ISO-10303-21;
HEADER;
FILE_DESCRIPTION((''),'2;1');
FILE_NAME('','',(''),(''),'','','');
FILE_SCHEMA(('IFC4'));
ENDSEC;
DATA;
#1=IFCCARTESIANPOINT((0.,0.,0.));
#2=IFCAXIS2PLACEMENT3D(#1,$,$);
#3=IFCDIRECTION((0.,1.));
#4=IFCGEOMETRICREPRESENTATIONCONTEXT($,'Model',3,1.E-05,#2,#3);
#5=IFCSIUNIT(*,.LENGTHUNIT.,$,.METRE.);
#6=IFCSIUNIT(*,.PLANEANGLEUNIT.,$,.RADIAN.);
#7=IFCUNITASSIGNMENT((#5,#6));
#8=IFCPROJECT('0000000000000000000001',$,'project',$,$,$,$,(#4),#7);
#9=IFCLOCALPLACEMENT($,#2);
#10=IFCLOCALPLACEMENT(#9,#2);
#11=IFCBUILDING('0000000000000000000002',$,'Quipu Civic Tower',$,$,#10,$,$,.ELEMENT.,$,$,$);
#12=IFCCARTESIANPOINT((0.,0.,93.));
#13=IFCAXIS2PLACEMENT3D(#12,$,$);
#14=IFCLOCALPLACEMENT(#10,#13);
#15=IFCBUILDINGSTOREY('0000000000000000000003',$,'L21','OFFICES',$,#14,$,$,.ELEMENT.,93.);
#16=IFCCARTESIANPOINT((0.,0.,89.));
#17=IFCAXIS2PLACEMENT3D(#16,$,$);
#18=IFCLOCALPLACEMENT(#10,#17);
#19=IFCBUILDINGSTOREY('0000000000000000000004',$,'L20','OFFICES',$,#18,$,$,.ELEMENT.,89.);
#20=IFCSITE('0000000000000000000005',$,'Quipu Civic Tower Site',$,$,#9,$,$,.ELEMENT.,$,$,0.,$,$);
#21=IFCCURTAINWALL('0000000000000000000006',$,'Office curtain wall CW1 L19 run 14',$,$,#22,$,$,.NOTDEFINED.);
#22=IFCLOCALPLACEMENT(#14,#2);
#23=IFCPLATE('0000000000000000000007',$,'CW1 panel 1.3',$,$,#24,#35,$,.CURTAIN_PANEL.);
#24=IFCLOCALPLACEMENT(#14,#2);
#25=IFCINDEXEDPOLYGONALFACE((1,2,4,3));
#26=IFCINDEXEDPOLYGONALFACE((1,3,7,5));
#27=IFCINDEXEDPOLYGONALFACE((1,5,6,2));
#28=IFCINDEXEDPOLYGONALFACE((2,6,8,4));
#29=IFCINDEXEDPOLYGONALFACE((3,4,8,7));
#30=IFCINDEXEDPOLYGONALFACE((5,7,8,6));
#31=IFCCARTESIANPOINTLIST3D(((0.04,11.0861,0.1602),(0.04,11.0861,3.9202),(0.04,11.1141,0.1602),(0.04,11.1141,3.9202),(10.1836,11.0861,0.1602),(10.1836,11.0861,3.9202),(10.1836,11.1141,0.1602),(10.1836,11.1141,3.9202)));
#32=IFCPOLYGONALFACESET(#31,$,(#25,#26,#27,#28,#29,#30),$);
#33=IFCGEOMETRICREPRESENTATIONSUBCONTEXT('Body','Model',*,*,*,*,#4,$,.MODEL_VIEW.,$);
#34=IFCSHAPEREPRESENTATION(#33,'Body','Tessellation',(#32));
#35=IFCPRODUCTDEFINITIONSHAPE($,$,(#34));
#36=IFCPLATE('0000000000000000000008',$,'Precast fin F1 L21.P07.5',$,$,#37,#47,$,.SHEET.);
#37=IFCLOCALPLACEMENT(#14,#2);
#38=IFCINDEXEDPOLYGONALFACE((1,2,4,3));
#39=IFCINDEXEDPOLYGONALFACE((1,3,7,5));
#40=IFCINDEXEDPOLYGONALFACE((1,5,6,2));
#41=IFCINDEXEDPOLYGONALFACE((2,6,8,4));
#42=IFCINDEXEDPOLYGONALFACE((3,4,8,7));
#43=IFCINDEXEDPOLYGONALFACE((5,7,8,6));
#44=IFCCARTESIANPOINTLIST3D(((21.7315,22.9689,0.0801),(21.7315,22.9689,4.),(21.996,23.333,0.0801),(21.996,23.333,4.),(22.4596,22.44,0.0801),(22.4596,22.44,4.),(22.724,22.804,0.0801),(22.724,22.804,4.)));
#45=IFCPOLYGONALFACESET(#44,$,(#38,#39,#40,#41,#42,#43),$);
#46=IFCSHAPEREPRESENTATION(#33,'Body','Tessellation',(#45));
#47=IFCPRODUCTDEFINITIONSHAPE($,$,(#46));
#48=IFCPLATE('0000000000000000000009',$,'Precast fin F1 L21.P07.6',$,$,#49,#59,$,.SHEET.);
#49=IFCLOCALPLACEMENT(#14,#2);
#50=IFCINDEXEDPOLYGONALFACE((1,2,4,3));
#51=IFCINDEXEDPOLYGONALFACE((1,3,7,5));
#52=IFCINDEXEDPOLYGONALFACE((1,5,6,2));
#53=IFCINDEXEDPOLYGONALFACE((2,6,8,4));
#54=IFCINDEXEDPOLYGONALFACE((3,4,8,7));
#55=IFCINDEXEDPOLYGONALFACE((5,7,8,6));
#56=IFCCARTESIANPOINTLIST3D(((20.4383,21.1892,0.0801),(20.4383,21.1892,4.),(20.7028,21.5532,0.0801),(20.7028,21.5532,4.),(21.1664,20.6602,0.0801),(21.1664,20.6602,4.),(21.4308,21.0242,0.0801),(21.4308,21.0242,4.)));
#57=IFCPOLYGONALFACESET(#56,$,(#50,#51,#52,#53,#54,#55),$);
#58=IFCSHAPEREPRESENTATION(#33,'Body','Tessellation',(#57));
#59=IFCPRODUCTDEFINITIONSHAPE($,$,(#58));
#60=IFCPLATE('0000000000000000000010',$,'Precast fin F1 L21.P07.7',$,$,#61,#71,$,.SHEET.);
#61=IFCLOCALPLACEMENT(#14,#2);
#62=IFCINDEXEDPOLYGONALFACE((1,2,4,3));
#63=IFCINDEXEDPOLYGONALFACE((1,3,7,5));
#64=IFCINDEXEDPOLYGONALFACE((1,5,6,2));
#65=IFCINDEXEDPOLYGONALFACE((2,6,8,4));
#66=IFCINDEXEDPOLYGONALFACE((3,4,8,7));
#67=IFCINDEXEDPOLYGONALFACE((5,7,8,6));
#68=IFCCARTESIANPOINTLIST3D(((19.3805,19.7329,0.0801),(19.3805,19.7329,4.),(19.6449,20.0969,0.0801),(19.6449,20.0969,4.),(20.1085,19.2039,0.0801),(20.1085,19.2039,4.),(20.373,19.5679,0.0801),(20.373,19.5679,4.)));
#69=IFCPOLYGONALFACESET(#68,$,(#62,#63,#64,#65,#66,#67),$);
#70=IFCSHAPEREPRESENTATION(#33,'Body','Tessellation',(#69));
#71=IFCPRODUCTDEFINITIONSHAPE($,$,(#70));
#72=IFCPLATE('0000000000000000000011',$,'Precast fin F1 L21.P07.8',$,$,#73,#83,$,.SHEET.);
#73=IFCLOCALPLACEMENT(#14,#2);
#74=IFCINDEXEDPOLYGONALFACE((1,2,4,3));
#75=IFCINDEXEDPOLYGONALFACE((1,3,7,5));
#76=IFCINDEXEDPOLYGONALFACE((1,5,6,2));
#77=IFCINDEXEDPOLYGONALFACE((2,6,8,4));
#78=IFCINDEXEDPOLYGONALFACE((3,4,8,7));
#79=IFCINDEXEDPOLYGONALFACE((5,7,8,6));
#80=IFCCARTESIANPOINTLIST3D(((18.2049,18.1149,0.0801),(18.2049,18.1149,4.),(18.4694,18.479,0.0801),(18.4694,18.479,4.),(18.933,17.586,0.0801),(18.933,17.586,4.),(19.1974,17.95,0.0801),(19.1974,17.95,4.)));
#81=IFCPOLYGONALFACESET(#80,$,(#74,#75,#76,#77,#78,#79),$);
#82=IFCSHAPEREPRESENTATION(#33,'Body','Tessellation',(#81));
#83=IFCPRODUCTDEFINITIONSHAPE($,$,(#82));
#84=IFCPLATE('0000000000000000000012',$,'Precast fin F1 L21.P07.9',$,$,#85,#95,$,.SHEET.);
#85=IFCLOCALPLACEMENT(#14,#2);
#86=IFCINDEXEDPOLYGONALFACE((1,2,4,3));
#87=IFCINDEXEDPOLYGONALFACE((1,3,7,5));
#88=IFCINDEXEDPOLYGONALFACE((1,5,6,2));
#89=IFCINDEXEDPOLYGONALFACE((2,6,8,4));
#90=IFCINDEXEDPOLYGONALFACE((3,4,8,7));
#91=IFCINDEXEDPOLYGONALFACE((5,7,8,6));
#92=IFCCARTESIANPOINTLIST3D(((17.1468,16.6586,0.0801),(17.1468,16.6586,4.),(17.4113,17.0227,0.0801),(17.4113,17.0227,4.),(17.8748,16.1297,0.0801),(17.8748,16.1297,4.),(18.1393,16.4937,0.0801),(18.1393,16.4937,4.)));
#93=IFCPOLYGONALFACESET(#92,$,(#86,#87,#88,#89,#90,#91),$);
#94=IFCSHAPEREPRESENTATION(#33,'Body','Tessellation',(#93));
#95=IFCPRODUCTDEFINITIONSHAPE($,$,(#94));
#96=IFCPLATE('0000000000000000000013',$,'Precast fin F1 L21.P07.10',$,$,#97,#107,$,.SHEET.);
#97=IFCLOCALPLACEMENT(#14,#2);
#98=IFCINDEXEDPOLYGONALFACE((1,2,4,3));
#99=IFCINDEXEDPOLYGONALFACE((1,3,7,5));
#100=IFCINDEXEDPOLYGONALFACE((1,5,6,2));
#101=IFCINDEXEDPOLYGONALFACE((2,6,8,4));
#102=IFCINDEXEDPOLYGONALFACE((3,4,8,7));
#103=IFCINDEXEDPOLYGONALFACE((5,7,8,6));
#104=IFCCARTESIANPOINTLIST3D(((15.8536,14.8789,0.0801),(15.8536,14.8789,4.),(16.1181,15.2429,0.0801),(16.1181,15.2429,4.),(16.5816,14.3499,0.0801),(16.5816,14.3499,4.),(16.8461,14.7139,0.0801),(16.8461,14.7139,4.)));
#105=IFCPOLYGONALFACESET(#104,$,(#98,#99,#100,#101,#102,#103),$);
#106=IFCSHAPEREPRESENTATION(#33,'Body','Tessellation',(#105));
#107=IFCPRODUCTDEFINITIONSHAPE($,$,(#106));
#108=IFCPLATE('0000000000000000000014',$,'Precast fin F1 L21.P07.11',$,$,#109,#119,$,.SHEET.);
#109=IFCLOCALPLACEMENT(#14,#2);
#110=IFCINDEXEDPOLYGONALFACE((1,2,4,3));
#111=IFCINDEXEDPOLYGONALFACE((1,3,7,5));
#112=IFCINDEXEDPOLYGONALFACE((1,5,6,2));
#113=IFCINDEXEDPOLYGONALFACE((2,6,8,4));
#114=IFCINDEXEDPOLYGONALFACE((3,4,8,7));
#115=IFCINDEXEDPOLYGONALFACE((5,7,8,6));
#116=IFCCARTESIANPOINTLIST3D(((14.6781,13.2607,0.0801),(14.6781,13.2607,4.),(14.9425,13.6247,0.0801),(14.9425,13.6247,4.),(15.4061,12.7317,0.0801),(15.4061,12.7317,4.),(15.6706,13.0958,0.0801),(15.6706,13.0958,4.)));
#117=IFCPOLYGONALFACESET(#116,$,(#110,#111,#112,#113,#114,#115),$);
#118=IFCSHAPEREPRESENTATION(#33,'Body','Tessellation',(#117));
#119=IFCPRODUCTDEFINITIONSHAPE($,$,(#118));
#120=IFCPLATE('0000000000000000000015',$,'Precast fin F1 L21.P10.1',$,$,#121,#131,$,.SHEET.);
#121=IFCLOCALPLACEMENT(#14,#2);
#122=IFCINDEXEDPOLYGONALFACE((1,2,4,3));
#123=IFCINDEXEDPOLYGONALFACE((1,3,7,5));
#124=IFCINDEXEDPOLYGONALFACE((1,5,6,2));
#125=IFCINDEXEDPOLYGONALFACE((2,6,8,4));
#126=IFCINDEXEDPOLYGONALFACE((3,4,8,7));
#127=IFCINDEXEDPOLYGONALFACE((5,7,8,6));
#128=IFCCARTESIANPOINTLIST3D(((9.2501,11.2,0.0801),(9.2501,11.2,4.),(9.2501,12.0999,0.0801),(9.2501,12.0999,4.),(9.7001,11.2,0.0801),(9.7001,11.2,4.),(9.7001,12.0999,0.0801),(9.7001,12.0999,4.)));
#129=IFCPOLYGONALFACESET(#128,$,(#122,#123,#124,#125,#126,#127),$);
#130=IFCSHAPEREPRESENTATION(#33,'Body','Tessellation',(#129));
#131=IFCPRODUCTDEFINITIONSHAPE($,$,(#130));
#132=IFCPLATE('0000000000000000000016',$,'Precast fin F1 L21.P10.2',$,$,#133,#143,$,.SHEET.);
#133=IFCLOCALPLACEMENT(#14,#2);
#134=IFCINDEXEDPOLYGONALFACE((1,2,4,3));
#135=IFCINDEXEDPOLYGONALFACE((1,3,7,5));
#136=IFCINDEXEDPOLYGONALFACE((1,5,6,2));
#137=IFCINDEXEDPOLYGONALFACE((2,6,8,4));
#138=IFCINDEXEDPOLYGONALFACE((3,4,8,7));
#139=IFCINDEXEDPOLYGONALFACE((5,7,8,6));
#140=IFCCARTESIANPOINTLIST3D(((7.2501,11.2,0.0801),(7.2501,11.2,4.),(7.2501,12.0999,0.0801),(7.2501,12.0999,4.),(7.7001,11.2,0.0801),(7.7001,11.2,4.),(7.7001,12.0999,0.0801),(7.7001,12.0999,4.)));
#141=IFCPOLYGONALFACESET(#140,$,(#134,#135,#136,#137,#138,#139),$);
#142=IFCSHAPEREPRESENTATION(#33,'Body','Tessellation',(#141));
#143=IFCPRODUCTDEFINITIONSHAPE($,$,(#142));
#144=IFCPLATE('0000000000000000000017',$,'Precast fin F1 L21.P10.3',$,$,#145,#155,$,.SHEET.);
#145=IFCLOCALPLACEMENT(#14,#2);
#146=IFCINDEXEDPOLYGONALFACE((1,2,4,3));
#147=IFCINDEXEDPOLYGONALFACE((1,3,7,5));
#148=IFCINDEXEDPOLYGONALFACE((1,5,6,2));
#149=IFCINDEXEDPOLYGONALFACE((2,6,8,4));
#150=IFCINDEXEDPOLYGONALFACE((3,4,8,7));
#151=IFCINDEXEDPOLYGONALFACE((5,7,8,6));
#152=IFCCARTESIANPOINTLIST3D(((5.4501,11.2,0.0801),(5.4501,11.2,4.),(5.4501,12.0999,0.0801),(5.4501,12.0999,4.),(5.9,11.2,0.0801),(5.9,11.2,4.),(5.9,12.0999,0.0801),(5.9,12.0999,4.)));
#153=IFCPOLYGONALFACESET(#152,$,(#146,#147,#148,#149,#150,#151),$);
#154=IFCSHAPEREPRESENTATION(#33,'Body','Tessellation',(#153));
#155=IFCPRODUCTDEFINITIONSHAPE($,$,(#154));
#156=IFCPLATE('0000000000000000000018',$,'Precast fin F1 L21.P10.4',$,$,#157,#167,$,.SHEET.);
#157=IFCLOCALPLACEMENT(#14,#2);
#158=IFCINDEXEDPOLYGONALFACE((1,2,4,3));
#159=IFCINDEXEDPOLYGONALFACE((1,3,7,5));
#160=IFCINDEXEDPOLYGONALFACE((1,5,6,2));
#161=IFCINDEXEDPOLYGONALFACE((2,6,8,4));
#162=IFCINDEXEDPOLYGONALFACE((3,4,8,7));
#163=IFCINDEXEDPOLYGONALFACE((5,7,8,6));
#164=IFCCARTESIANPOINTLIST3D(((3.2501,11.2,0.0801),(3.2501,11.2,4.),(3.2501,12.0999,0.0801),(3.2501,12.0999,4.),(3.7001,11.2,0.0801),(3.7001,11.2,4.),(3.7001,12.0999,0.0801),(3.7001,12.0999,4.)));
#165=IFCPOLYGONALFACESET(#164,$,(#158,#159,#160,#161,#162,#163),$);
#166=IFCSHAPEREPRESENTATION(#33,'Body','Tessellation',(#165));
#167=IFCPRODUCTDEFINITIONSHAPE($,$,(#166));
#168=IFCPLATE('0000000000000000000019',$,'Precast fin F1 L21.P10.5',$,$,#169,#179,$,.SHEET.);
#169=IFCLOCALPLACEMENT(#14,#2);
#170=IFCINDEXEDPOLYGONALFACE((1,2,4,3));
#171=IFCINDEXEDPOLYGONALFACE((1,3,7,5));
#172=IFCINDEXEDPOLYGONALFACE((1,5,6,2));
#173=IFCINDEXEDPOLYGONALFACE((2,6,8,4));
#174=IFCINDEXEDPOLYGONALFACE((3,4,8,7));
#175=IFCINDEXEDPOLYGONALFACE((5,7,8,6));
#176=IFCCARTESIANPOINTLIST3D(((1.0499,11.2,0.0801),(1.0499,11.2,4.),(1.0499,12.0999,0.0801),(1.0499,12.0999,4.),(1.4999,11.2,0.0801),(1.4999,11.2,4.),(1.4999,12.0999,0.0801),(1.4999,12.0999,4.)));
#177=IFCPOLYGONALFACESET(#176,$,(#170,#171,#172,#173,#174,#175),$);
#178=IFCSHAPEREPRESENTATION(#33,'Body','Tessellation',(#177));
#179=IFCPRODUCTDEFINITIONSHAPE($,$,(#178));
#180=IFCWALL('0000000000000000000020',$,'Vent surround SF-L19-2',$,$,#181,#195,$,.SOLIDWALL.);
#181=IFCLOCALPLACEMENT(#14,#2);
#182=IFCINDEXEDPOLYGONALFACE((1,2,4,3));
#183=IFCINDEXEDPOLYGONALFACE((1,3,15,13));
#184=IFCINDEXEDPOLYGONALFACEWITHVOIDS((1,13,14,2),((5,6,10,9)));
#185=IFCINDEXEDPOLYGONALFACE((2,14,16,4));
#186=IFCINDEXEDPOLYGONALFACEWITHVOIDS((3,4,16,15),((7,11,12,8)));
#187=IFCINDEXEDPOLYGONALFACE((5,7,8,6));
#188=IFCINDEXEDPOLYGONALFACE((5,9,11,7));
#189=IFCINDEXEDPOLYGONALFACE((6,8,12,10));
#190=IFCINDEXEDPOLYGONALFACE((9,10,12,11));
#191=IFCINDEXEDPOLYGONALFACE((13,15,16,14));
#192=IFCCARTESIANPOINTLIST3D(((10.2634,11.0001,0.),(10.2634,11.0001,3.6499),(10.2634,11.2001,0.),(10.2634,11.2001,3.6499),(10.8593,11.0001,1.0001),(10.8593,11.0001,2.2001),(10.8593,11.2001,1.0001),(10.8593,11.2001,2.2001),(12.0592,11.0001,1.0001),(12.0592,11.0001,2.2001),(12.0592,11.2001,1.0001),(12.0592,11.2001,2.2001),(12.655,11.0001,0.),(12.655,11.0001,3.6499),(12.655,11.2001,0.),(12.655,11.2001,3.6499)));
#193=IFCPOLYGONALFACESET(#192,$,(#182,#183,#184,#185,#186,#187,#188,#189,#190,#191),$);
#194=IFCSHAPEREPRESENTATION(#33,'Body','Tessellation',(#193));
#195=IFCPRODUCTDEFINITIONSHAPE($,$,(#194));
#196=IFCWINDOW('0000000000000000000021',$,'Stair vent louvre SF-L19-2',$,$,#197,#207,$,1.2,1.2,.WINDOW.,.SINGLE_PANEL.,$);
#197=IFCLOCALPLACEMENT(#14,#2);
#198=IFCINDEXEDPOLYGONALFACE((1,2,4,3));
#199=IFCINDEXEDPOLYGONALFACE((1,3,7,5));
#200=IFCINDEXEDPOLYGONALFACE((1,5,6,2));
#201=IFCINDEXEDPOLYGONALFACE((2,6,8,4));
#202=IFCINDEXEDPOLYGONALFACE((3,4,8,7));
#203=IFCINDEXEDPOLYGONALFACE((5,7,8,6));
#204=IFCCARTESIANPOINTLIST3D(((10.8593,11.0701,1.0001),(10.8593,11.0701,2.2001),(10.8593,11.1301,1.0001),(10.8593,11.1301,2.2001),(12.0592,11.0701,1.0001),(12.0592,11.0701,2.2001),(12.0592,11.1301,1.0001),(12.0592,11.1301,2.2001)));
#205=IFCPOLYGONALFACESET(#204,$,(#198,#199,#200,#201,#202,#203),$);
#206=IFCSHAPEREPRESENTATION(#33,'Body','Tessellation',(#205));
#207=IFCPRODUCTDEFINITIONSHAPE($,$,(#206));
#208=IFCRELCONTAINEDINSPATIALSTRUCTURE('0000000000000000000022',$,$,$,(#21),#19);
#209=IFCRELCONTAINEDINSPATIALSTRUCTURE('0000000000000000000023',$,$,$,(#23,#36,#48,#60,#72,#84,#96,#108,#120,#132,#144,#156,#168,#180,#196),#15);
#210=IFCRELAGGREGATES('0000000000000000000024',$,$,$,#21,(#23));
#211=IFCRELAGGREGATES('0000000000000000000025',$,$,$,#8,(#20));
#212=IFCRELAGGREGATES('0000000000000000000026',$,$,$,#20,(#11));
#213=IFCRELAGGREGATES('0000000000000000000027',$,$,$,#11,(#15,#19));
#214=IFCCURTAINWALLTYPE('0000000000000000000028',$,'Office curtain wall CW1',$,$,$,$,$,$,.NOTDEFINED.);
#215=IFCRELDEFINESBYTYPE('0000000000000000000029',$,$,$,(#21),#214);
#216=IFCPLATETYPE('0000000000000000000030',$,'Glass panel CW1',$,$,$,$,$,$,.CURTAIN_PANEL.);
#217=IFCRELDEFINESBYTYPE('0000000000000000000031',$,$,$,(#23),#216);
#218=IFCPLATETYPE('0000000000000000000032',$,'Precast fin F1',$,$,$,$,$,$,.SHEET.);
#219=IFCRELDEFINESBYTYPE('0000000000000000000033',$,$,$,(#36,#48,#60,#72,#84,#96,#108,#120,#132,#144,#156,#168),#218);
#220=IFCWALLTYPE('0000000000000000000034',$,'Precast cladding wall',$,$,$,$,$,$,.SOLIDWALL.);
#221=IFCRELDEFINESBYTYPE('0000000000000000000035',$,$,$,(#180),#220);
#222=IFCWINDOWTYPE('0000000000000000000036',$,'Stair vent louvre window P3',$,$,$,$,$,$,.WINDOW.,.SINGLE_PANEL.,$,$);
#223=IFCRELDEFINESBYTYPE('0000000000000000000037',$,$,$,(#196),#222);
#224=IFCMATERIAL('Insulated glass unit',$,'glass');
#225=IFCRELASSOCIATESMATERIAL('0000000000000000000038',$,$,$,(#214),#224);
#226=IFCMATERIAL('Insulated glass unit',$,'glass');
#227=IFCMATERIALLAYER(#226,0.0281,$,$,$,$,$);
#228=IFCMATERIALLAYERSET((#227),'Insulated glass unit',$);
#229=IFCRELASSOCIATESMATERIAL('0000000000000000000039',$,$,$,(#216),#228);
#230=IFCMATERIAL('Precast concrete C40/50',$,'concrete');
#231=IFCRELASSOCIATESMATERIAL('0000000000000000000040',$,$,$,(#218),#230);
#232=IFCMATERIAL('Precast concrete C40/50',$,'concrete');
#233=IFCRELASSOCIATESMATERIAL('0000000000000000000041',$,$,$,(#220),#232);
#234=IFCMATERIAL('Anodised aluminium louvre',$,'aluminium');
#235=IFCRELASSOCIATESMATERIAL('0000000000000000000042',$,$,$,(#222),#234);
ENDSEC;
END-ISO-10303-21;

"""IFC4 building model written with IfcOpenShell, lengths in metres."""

from ifc_helpers import new_model, si_unit, direction, frame, frame_2d, origin, origin_2d, place, context, subcontext, project, spatial, rectangle, extrude, material, layer, layer_set, type_object, element, fill, aggregate, save


model = new_model("IFC4")

# Units and contexts
model_context = context("Model", 3, precision=1e-05, world=origin(), true_north=direction((0.0, 1.0)))
body_context = subcontext(model_context, "Body", "Model", "MODEL_VIEW")
ifc_project = project(units=[si_unit("LENGTHUNIT", "METRE"), si_unit("PLANEANGLEUNIT", "RADIAN")], contexts=[model_context])

# Site, building, storey
site_placement = place(None, origin())
site = spatial("IfcSite", under=ifc_project, at=site_placement, Name="Quipu Civic Tower Site", CompositionType="ELEMENT", RefElevation=0.0)
building_placement = place(site_placement, origin())
building = spatial("IfcBuilding", under=site, at=building_placement, Name="Quipu Civic Tower", CompositionType="ELEMENT")
storey_1_placement = place(building_placement, frame((0.0, 0.0, 93.0)))
storey_1 = spatial("IfcBuildingStorey", under=building, at=storey_1_placement, Name="L21", Description="OFFICES", CompositionType="ELEMENT", Elevation=93.0)

# Shared definitions
storey_2_placement = place(building_placement, frame((0.0, 0.0, 89.0)))
storey_2 = spatial("IfcBuildingStorey", under=building, at=storey_2_placement, Name="L20", Description="OFFICES", CompositionType="ELEMENT", Elevation=89.0)

# Shared definitions
ifc_material_1 = material(Name="Insulated glass unit", Category="glass")
curtain_wall_type = type_object("IfcCurtainWallType", Name="Office curtain wall CW1", PredefinedType="NOTDEFINED", material=ifc_material_1)

# Curtain wall
curtain_wall_1_placement = place(storey_2_placement, origin())
curtain_wall_1 = element("IfcCurtainWall", 1, at=curtain_wall_1_placement, inside=storey_2, type_object=curtain_wall_type, Name="Office curtain wall CW1 L19 run 14", PredefinedType="NOTDEFINED")

# Plate
ifc_material_2 = material(Name="Insulated glass unit", Category="glass")
ifc_layer = layer(ifc_material_2, 0.0281)
ifc_layer_set = layer_set([ifc_layer], Name="Insulated glass unit")
plate_type_1 = type_object("IfcPlateType", Name="Glass panel CW1", PredefinedType="CURTAIN_PANEL", material=ifc_layer_set)
plate_1_placement = place(storey_1_placement, frame((5.1118, 11.1001, 0.1602), z_axis=(0.0, 0.0, 1.0), x_axis=(-1.0, 0.0, 0.0)))
plate_1 = element("IfcPlate", 2, at=plate_1_placement, inside=storey_1, type_object=plate_type_1, Name="CW1 panel 1.3", PredefinedType="CURTAIN_PANEL", context=body_context, shape_type="SweptSolid", body=[
    extrude(rectangle(XDim=10.1436, YDim=0.0281, at=origin_2d()), origin(), (0.0, 0.0, 1.0), 3.76),
])
aggregate(curtain_wall_1, [plate_1])

# Plates
ifc_material_3 = material(Name="Precast concrete C40/50", Category="concrete")
plate_type_2 = type_object("IfcPlateType", Name="Precast fin F1", PredefinedType="SHEET", material=ifc_material_3)
for number, where, z_axis, x_axis, name in (
    (3, (22.2278, 22.8865, 0.0801), (0.0, 0.0, 1.0), (-0.587787, -0.809016, 0.0), "Precast fin F1 L21.P07.5"),
    (4, (20.9346, 21.1067, 0.0801), (0.0, 0.0, 1.0), (-0.587787, -0.809016, 0.0), "Precast fin F1 L21.P07.6"),
    (5, (19.8767, 19.6504, 0.0801), (0.0, 0.0, 1.0), (-0.587787, -0.809016, 0.0), "Precast fin F1 L21.P07.7"),
    (6, (18.7012, 18.0325, 0.0801), (0.0, 0.0, 1.0), (-0.587787, -0.809016, 0.0), "Precast fin F1 L21.P07.8"),
    (7, (17.6431, 16.5762, 0.0801), (0.0, 0.0, 1.0), (-0.587787, -0.809016, 0.0), "Precast fin F1 L21.P07.9"),
    (8, (16.3499, 14.7964, 0.0801), (0.0, 0.0, 1.0), (-0.587787, -0.809016, 0.0), "Precast fin F1 L21.P07.10"),
    (9, (15.1743, 13.1782, 0.0801), (0.0, 0.0, 1.0), (-0.587787, -0.809016, 0.0), "Precast fin F1 L21.P07.11"),
    (10, (9.4751, 11.6499, 0.0801), (0.0, 0.0, 1.0), (-1.0, 0.0, 0.0), "Precast fin F1 L21.P10.1"),
    (11, (7.4751, 11.6499, 0.0801), (0.0, 0.0, 1.0), (-1.0, 0.0, 0.0), "Precast fin F1 L21.P10.2"),
    (12, (5.675, 11.6499, 0.0801), (0.0, 0.0, 1.0), (-1.0, 0.0, 0.0), "Precast fin F1 L21.P10.3"),
    (13, (3.4751, 11.6499, 0.0801), (0.0, 0.0, 1.0), (-1.0, 0.0, 0.0), "Precast fin F1 L21.P10.4"),
    (14, (1.2749, 11.6499, 0.0801), (0.0, 0.0, 1.0), (-1.0, 0.0, 0.0), "Precast fin F1 L21.P10.5"),
):
    element("IfcPlate", number, at=place(storey_1_placement, frame(where, z_axis=z_axis, x_axis=x_axis)), inside=storey_1, type_object=plate_type_2, Name=name, PredefinedType="SHEET", context=body_context, shape_type="SweptSolid", body=[
        extrude(rectangle(XDim=0.45, YDim=0.8999, at=origin_2d()), origin(), (0.0, 0.0, 1.0), 3.9199),
    ])

# Wall, opening, window
ifc_material_4 = material(Name="Precast concrete C40/50", Category="concrete")
wall_type = type_object("IfcWallType", Name="Precast cladding wall", PredefinedType="SOLIDWALL", material=ifc_material_4)
wall_placement = place(storey_1_placement, frame((12.655, 11.1001, 0.0), z_axis=(0.0, 0.0, 1.0), x_axis=(-1.0, 0.0, 0.0)))
wall = element("IfcWall", 15, at=wall_placement, inside=storey_1, type_object=wall_type, Name="Vent surround SF-L19-2", PredefinedType="SOLIDWALL", context=body_context, shape_type="SweptSolid", body=[
    extrude(rectangle(XDim=2.3916, YDim=0.2, at=frame_2d((1.1958, 0.0))), origin(), (0.0, 0.0, 1.0), 3.6499),
])
opening_placement = place(wall_placement, frame((0.5957, 0.0, 1.0)))
opening = element("IfcOpeningElement", 16, at=opening_placement, cuts=wall, PredefinedType="OPENING", context=body_context, shape_type="SweptSolid", body=[
    extrude(rectangle(XDim=1.2, YDim=1.2, at=frame_2d((0.6001, 0.6001))), frame((0.0, 0.1099, 0.0), z_axis=(0.0, -1.0, 0.0), x_axis=(1.0, 0.0, 0.0)), (0.0, 0.0, 1.0), 0.22),
])
ifc_material_5 = material(Name="Anodised aluminium louvre", Category="aluminium")
window_type = type_object("IfcWindowType", Name="Stair vent louvre window P3", PartitioningType="SINGLE_PANEL", PredefinedType="WINDOW", material=ifc_material_5)
window_placement = place(opening_placement, origin())
window = element("IfcWindow", 17, at=window_placement, inside=storey_1, type_object=window_type, Name="Stair vent louvre SF-L19-2", OverallHeight=1.2, OverallWidth=1.2, PartitioningType="SINGLE_PANEL", PredefinedType="WINDOW", context=body_context, shape_type="SweptSolid", body=[
    extrude(rectangle(XDim=1.2, YDim=1.2, at=frame_2d((0.6001, 0.6001))), frame((0.0, 0.03, 0.0), z_axis=(0.0, -1.0, 0.0), x_axis=(1.0, 0.0, 0.0)), (0.0, 0.0, 1.0), 0.0601),
])
fill(opening, window)

save(model, "model.ifc")
